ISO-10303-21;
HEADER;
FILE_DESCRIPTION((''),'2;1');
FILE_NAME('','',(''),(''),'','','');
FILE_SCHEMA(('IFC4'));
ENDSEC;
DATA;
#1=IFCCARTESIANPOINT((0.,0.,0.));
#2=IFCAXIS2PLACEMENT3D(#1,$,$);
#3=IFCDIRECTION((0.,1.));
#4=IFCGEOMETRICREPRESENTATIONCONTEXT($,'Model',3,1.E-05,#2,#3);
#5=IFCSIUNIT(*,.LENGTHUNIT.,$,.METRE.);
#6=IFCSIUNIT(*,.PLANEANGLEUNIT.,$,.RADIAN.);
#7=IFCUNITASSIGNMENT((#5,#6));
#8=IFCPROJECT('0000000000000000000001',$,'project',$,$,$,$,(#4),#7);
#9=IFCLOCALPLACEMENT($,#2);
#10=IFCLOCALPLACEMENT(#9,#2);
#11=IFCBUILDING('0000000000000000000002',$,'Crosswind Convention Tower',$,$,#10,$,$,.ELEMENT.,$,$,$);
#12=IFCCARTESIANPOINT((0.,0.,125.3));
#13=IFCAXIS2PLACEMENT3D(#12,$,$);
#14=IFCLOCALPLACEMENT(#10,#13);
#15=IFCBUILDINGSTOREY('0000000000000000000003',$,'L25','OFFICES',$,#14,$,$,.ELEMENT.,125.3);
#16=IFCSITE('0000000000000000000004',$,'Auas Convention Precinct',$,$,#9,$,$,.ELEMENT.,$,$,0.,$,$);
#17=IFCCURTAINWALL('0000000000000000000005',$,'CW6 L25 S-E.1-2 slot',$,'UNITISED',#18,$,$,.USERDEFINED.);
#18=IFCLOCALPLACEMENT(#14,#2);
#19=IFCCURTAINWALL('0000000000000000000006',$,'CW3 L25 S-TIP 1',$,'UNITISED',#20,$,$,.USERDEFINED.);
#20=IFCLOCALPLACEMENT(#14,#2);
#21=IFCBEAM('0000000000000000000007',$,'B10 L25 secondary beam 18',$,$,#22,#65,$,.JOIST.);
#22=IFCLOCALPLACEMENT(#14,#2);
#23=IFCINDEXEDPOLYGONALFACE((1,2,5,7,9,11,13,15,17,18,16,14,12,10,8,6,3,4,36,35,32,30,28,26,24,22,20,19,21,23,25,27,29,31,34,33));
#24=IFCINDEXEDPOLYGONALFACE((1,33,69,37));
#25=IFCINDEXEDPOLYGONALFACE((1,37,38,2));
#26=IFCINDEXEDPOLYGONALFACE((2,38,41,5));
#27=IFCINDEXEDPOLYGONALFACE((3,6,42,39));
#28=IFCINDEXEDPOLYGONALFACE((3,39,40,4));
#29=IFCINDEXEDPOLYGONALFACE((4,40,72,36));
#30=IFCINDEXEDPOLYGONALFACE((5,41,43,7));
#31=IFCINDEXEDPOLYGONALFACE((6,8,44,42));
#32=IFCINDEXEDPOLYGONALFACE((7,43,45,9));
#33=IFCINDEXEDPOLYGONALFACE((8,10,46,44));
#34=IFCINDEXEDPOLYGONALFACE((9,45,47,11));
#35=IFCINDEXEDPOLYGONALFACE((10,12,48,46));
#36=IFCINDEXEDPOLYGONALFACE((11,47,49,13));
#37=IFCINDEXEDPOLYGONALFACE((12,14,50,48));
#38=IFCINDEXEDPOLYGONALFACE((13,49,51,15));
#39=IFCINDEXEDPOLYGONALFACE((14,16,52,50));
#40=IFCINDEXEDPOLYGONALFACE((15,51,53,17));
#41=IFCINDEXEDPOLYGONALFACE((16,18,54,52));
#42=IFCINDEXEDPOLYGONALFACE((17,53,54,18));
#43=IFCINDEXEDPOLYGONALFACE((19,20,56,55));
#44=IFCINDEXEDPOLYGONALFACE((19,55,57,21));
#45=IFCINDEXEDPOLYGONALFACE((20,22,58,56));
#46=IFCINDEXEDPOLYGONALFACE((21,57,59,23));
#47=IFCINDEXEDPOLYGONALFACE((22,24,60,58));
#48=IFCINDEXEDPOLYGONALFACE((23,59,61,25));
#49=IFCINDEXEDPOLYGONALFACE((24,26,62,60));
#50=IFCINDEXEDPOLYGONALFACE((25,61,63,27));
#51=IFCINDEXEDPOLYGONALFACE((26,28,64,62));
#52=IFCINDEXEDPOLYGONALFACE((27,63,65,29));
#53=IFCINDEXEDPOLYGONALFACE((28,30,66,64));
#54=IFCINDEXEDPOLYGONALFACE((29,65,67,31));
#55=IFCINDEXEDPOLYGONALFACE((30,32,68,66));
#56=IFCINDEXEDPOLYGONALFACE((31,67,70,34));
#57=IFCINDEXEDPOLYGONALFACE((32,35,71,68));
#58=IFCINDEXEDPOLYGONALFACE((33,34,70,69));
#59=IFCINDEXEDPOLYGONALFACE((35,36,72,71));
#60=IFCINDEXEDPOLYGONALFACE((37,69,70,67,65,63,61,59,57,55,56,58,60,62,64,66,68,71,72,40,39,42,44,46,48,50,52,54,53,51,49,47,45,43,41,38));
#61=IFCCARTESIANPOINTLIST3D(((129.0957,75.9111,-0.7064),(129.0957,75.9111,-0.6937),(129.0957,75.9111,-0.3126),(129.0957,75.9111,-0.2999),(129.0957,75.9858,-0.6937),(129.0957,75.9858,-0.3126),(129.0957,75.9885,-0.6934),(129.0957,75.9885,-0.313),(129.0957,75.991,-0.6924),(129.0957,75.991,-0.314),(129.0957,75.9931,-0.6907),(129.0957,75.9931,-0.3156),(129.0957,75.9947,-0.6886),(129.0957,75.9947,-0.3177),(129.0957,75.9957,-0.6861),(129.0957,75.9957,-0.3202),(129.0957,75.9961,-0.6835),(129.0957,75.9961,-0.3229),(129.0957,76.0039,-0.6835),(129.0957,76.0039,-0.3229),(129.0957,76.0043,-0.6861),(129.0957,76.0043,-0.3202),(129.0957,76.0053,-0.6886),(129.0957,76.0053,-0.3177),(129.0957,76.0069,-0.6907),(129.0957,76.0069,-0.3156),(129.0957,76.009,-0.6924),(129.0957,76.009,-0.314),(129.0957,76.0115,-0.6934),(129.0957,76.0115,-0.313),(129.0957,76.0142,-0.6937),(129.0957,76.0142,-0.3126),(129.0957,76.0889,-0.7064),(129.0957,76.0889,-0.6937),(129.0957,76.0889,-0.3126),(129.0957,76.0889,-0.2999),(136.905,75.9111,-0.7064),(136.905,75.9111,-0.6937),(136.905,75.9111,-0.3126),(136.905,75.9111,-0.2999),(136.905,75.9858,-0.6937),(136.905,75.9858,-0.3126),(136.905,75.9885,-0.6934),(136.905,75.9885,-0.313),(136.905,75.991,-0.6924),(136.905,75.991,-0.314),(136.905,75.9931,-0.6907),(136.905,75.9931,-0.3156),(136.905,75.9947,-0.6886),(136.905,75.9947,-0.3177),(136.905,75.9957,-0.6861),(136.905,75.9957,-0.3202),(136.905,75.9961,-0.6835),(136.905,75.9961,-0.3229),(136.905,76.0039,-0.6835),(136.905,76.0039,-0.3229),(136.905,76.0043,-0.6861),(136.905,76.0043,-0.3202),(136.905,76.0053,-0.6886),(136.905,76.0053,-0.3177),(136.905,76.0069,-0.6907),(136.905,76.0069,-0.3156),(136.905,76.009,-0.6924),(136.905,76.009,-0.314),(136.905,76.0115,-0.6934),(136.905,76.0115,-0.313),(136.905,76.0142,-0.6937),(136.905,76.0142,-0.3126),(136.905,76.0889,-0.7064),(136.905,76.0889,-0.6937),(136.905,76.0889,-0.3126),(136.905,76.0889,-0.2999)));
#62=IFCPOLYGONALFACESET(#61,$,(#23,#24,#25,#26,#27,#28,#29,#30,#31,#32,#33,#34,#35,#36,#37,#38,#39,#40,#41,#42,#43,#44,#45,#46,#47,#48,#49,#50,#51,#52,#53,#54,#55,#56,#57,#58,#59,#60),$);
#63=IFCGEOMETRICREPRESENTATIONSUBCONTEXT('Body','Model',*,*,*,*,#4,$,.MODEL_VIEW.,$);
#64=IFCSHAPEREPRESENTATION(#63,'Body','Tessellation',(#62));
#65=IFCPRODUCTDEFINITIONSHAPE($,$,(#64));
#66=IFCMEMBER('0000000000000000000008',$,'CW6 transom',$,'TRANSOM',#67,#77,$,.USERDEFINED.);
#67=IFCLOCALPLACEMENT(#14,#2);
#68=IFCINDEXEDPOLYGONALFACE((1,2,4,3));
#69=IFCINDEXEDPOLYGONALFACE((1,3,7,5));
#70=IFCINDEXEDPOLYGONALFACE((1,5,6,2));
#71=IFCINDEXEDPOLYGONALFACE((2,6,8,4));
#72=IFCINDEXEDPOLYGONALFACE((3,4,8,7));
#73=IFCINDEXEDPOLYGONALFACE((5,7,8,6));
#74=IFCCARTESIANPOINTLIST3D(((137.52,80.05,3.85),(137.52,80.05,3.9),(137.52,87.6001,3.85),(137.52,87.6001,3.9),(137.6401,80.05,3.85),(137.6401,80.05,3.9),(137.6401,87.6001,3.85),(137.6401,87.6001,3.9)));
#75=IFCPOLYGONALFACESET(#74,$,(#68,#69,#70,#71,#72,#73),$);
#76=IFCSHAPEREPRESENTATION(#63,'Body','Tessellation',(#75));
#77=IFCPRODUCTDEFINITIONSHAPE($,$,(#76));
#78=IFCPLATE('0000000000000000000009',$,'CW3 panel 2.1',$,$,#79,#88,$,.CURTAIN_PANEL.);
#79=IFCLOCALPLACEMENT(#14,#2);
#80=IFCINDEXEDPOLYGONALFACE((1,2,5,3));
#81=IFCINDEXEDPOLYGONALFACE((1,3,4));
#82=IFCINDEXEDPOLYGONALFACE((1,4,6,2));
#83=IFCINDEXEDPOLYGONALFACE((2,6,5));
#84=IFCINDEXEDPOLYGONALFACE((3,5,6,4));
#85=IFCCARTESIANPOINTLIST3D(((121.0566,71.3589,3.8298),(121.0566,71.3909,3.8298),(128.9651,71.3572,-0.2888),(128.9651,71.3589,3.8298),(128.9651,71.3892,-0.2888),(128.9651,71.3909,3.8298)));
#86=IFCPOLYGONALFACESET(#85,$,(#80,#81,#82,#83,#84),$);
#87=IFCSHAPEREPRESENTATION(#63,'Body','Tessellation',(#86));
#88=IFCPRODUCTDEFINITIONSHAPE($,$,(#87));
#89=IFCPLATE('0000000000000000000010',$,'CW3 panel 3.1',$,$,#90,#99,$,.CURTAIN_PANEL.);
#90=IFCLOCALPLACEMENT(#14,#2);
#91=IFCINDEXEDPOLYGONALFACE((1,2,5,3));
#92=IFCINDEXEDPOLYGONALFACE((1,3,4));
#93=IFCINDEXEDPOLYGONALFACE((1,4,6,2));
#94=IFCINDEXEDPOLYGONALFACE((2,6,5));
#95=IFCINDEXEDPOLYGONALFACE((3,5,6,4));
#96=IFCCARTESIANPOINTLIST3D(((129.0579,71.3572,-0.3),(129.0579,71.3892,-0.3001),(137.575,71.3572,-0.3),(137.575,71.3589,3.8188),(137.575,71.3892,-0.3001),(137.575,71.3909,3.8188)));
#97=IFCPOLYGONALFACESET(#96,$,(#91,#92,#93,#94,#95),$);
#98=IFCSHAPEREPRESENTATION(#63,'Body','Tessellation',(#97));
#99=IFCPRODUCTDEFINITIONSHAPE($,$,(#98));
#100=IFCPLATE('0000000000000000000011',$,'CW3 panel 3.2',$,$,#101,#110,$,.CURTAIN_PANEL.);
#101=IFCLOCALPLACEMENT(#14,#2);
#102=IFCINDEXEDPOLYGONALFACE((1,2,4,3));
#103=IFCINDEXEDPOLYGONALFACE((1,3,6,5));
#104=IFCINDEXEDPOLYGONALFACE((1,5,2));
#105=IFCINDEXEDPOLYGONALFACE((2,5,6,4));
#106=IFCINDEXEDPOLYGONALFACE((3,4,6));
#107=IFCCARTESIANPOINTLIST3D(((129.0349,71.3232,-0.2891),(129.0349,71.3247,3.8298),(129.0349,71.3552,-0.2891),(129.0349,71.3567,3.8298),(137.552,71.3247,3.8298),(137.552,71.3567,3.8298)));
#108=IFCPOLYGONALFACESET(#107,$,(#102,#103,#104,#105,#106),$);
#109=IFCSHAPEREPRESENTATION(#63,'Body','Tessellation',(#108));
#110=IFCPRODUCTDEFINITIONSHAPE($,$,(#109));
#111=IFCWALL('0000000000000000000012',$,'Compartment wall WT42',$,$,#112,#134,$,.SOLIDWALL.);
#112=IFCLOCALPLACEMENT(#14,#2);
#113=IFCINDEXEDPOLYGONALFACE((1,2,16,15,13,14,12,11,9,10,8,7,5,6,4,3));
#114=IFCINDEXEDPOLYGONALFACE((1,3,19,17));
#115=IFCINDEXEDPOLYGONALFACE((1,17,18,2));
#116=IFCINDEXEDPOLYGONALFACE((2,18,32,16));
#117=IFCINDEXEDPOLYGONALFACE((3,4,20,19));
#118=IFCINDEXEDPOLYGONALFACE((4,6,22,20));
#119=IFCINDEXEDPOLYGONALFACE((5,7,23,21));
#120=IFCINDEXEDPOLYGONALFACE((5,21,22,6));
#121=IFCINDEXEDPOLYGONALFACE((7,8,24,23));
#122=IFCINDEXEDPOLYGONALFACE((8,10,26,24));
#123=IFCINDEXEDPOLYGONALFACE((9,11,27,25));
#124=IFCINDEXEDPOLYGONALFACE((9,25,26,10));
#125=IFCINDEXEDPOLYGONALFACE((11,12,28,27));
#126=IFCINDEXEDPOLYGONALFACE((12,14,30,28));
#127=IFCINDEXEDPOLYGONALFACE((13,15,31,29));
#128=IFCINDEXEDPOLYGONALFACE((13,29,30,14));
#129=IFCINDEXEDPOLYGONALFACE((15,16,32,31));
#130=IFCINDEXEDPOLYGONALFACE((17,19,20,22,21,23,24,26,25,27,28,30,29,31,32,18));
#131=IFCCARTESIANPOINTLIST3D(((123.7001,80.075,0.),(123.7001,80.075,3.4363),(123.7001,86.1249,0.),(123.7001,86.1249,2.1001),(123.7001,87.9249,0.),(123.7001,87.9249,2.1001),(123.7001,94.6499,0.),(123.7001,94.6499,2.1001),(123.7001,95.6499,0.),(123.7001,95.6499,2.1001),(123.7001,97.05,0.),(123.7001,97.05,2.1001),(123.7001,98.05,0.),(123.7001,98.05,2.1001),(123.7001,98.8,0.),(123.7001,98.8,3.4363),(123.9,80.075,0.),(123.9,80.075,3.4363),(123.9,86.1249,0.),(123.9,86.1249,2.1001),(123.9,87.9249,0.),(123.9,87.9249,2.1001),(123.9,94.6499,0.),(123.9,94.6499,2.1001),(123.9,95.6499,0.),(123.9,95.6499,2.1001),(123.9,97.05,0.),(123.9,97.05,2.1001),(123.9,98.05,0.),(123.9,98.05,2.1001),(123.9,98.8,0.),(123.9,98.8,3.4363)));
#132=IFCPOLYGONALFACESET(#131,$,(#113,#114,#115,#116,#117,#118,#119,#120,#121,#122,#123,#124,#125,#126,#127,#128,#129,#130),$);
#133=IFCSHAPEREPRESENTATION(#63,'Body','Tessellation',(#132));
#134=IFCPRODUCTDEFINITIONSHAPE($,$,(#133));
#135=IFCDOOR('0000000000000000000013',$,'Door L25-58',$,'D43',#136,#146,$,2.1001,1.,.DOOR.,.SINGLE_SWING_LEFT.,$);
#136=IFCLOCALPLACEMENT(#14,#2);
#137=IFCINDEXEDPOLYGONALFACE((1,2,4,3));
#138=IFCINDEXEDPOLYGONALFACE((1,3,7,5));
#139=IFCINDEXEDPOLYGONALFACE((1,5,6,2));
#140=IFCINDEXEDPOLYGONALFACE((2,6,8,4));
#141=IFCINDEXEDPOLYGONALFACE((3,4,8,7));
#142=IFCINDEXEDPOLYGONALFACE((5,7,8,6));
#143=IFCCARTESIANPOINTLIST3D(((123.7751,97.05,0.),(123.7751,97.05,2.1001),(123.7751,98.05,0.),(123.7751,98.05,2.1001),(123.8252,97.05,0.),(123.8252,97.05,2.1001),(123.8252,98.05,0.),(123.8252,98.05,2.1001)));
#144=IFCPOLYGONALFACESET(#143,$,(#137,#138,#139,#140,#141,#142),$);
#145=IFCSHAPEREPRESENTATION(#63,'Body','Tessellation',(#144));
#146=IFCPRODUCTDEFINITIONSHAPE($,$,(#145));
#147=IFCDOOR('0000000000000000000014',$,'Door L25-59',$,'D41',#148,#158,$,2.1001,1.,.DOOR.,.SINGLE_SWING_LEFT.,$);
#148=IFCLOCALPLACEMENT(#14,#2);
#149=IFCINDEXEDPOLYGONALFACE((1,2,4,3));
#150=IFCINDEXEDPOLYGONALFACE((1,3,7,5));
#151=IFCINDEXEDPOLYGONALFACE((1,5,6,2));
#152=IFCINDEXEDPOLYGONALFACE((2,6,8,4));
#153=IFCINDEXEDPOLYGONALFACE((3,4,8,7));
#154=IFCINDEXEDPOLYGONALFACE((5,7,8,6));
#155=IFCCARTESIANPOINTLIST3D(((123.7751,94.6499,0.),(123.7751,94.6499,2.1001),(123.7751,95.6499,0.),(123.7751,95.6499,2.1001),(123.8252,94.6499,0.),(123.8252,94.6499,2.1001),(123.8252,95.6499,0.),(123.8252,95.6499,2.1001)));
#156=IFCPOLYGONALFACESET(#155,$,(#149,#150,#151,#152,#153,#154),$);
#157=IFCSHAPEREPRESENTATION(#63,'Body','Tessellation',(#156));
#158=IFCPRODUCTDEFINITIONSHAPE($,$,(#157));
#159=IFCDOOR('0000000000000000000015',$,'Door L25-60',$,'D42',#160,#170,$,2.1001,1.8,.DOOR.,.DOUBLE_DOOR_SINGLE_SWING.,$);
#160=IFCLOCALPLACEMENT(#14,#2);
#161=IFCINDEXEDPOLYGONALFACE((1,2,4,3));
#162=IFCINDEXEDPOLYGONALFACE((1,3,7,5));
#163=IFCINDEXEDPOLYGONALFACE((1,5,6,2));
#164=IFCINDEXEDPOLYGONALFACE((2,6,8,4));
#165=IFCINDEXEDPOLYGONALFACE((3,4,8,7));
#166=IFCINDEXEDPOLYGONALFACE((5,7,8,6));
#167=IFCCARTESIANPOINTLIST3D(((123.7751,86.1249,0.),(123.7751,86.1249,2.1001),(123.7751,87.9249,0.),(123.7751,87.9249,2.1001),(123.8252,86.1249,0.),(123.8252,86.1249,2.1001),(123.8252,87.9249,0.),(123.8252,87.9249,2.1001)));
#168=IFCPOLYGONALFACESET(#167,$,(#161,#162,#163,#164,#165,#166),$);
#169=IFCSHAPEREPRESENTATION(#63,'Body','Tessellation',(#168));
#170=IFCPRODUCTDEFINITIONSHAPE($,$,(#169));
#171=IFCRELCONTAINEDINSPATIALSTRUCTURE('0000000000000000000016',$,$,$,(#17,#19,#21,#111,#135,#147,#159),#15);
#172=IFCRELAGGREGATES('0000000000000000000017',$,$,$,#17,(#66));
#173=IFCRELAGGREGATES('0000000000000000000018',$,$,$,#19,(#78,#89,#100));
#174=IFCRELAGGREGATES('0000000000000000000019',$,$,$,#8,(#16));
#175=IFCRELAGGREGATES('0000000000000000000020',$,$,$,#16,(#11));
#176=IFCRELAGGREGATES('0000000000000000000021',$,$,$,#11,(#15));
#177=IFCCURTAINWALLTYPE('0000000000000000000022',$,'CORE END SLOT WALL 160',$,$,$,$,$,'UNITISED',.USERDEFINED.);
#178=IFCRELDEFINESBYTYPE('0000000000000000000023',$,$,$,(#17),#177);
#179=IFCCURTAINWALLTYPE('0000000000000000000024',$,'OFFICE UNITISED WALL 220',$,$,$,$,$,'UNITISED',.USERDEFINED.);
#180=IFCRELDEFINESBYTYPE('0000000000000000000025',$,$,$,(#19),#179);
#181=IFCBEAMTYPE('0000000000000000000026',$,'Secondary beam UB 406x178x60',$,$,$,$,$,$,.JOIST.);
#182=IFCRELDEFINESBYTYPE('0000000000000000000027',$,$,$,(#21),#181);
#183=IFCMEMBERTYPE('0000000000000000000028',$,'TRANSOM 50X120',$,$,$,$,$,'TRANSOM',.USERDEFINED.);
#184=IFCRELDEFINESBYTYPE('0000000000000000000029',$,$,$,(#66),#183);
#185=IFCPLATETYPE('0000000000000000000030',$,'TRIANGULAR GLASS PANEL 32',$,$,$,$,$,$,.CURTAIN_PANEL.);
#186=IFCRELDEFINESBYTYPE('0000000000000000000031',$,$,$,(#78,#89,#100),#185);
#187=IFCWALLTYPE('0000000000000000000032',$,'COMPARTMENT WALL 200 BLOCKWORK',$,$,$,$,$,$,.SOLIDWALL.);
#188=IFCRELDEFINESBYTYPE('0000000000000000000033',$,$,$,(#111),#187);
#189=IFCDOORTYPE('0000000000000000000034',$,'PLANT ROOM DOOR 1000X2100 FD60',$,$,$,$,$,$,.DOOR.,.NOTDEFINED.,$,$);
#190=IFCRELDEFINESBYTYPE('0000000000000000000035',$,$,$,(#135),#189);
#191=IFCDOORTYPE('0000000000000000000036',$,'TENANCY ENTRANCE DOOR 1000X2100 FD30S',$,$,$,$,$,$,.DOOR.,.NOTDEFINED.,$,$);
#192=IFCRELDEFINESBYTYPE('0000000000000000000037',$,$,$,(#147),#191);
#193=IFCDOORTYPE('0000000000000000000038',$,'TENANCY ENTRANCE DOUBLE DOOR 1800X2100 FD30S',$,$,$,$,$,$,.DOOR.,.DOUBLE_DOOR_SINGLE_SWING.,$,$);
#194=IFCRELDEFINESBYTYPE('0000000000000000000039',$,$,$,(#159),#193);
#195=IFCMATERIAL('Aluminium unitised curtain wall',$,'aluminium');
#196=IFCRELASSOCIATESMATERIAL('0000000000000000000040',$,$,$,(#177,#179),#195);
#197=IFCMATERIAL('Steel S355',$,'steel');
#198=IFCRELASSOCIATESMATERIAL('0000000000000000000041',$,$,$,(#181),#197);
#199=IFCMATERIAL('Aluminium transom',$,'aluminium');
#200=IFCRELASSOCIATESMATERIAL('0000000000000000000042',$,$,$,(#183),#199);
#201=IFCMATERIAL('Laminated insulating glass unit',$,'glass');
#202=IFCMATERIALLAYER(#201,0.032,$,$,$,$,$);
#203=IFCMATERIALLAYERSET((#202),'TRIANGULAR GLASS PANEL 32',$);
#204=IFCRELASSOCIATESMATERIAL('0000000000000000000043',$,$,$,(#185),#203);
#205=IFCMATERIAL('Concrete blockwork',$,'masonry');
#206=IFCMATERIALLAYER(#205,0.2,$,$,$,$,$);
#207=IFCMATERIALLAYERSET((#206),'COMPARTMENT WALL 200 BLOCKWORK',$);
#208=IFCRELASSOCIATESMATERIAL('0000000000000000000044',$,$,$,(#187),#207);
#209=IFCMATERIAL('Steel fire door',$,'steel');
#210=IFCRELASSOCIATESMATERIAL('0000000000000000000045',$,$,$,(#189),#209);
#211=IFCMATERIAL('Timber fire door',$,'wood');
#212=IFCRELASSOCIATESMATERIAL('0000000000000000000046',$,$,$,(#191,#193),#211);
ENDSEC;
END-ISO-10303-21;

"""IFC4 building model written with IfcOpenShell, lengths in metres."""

from ifc_helpers import new_model, si_unit, direction, frame, frame_2d, origin, origin_2d, place, context, subcontext, project, spatial, polyline, rectangle, i_section, outline, extrude, material, layer, layer_set, material_profile, profile_set, type_object, element, fill, aggregate, save


model = new_model("IFC4")

# Units and contexts
model_context = context("Model", 3, precision=1e-05, world=origin(), true_north=direction((0.0, 1.0)))
body_context = subcontext(model_context, "Body", "Model", "MODEL_VIEW")
ifc_project = project(units=[si_unit("LENGTHUNIT", "METRE"), si_unit("PLANEANGLEUNIT", "RADIAN")], contexts=[model_context])

# Site, building, storey
site_placement = place(None, origin())
site = spatial("IfcSite", under=ifc_project, at=site_placement, Name="Auas Convention Precinct", CompositionType="ELEMENT", RefElevation=0.0)
building_placement = place(site_placement, origin())
building = spatial("IfcBuilding", under=site, at=building_placement, Name="Crosswind Convention Tower", CompositionType="ELEMENT")
storey_placement = place(building_placement, frame((0.0, 0.0, 125.3)))
storey = spatial("IfcBuildingStorey", under=building, at=storey_placement, Name="L25", Description="OFFICES", CompositionType="ELEMENT", Elevation=125.3)

# Shared definitions
ifc_material_1 = material(Name="Steel S355", Category="steel")

# Curtain walls
ifc_material_2 = material(Name="Aluminium unitised curtain wall", Category="aluminium")
curtain_wall_type_1 = type_object("IfcCurtainWallType", Name="CORE END SLOT WALL 160", ElementType="UNITISED", PredefinedType="USERDEFINED", material=ifc_material_2)
curtain_wall_1_placement = place(storey_placement, origin())
curtain_wall_1 = element("IfcCurtainWall", 1, at=curtain_wall_1_placement, inside=storey, type_object=curtain_wall_type_1, Name="CW6 L25 S-E.1-2 slot", ObjectType="UNITISED", PredefinedType="USERDEFINED")
curtain_wall_type_2 = type_object("IfcCurtainWallType", Name="OFFICE UNITISED WALL 220", ElementType="UNITISED", PredefinedType="USERDEFINED", material=ifc_material_2)
curtain_wall_2_placement = place(storey_placement, origin())
curtain_wall_2 = element("IfcCurtainWall", 2, at=curtain_wall_2_placement, inside=storey, type_object=curtain_wall_type_2, Name="CW3 L25 S-TIP 1", ObjectType="UNITISED", PredefinedType="USERDEFINED")

# Beam
ifc_material_profile_1 = material_profile(ifc_material_1, i_section(OverallWidth=0.1777, OverallDepth=0.4065, WebThickness=0.0078, FlangeThickness=0.0127, FilletRadius=0.0103, at=origin_2d()), Name="UB 406x178x60")
ifc_profile_set_1 = profile_set([ifc_material_profile_1], Name="Steel S355")
beam_type_1 = type_object("IfcBeamType", Name="Secondary beam UB 406x178x60", PredefinedType="JOIST", material=ifc_profile_set_1)
beam_1_placement = place(storey_placement, frame((129.0957, 76.0, -0.5032), z_axis=(1.0, 0.0, 0.0), x_axis=(0.0, 1.0, 0.0)))
element("IfcBeam", 3, at=beam_1_placement, inside=storey, type_object=beam_type_1, Name="B10 L25 secondary beam 18", PredefinedType="JOIST", context=body_context, shape_type="SweptSolid", body=[
    extrude(i_section(OverallWidth=0.1777, OverallDepth=0.4065, WebThickness=0.0078, FlangeThickness=0.0127, FilletRadius=0.0103, at=origin_2d()), origin(), (0.0, 0.0, 1.0), 7.8093),
])

# Member
ifc_material_3 = material(Name="Aluminium transom", Category="aluminium")
ifc_material_profile_2 = material_profile(ifc_material_3, rectangle(XDim=0.1201, YDim=0.05, at=origin_2d()), Name="AL 120X50")
ifc_profile_set_2 = profile_set([ifc_material_profile_2], Name="Aluminium transom")
member_type_1 = type_object("IfcMemberType", Name="TRANSOM 50X120", ElementType="TRANSOM", PredefinedType="USERDEFINED", material=ifc_profile_set_2)
member_1_placement = place(storey_placement, frame((137.5801, 80.05, 3.875), z_axis=(0.0, 1.0, 0.0), x_axis=(-1.0, 0.0, 0.0)))
member_1 = element("IfcMember", 4, at=member_1_placement, type_object=member_type_1, Name="CW6 transom", ObjectType="TRANSOM", PredefinedType="USERDEFINED", context=body_context, shape_type="SweptSolid", body=[
    extrude(rectangle(XDim=0.1201, YDim=0.05, at=origin_2d()), origin(), (0.0, 0.0, 1.0), 7.55),
])
aggregate(curtain_wall_1, [member_1])

# Plates
ifc_material_4 = material(Name="Laminated insulating glass unit", Category="glass")
ifc_layer_1 = layer(ifc_material_4, 0.032)
ifc_layer_set_1 = layer_set([ifc_layer_1], Name="TRIANGULAR GLASS PANEL 32")
plate_type = type_object("IfcPlateType", Name="TRIANGULAR GLASS PANEL 32", PredefinedType="CURTAIN_PANEL", material=ifc_layer_set_1)
plate_1_placement = place(storey_placement, frame((128.9651, 71.3589, 3.8298), z_axis=(0.0, -1.0, 0.000415), x_axis=(-1.0, 0.0, 0.0)))
plate_1 = element("IfcPlate", 5, at=plate_1_placement, type_object=plate_type, Name="CW3 panel 2.1", PredefinedType="CURTAIN_PANEL", context=body_context, shape_type="SweptSolid", body=[
    extrude(outline(polyline([(0.0, 0.0), (7.9084, 0.0), (0.0, 4.1187), (0.0, 0.0)])), origin(), (0.0, 0.0, -1.0), 0.032),
])
plate_2_placement = place(storey_placement, frame((137.575, 71.3572, -0.3), z_axis=(0.0, -1.0, 0.000415), x_axis=(0.0, 0.000415, 1.0)))
plate_2 = element("IfcPlate", 6, at=plate_2_placement, type_object=plate_type, Name="CW3 panel 3.1", PredefinedType="CURTAIN_PANEL", context=body_context, shape_type="SweptSolid", body=[
    extrude(outline(polyline([(0.0, 0.0), (4.1189, 0.0), (0.0, 8.5171), (0.0, 0.0)])), origin(), (0.0, 0.0, -1.0), 0.032),
])
plate_3_placement = place(storey_placement, frame((129.0349, 71.3247, 3.8298), z_axis=(0.0, -1.0, 0.000356), x_axis=(0.0, -0.000356, -1.0)))
plate_3 = element("IfcPlate", 7, at=plate_3_placement, type_object=plate_type, Name="CW3 panel 3.2", PredefinedType="CURTAIN_PANEL", context=body_context, shape_type="SweptSolid", body=[
    extrude(outline(polyline([(0.0, 0.0), (4.1189, 0.0), (0.0, 8.5171), (0.0, 0.0)])), origin(), (0.0, 0.0, -1.0), 0.032),
])
aggregate(curtain_wall_2, [plate_1, plate_2, plate_3])

# Wall, openings, doors
ifc_material_5 = material(Name="Concrete blockwork", Category="masonry")
ifc_layer_2 = layer(ifc_material_5, 0.2)
ifc_layer_set_2 = layer_set([ifc_layer_2], Name="COMPARTMENT WALL 200 BLOCKWORK")
wall_type_1 = type_object("IfcWallType", Name="COMPARTMENT WALL 200 BLOCKWORK", PredefinedType="SOLIDWALL", material=ifc_layer_set_2)
wall_1_placement = place(storey_placement, frame((123.8, 80.075, 0.0), z_axis=(0.0, 0.0, 1.0), x_axis=(0.0, 1.0, 0.0)))
wall_1 = element("IfcWall", 8, at=wall_1_placement, inside=storey, type_object=wall_type_1, Name="Compartment wall WT42", PredefinedType="SOLIDWALL", context=body_context, shape_type="SweptSolid", body=[
    extrude(rectangle(XDim=18.7251, YDim=0.2, at=frame_2d((9.3625, 0.0))), origin(), (0.0, 0.0, 1.0), 3.4363),
])
opening_1_placement = place(wall_1_placement, frame((16.9751, 0.0, 0.0)))
opening_1 = element("IfcOpeningElement", 9, at=opening_1_placement, cuts=wall_1, PredefinedType="OPENING", context=body_context, shape_type="SweptSolid", body=[
    extrude(rectangle(XDim=1.0, YDim=2.1001, at=frame_2d((0.5, 1.05))), frame((0.0, 0.1099, 0.0), z_axis=(0.0, -1.0, 0.0), x_axis=(1.0, 0.0, 0.0)), (0.0, 0.0, 1.0), 0.22),
])
opening_2_placement = place(wall_1_placement, frame((14.575, 0.0, 0.0)))
opening_2 = element("IfcOpeningElement", 10, at=opening_2_placement, cuts=wall_1, PredefinedType="OPENING", context=body_context, shape_type="SweptSolid", body=[
    extrude(rectangle(XDim=1.0, YDim=2.1001, at=frame_2d((0.5, 1.05))), frame((0.0, 0.1099, 0.0), z_axis=(0.0, -1.0, 0.0), x_axis=(1.0, 0.0, 0.0)), (0.0, 0.0, 1.0), 0.22),
])
opening_3_placement = place(wall_1_placement, frame((6.05, 0.0, 0.0)))
opening_3 = element("IfcOpeningElement", 11, at=opening_3_placement, cuts=wall_1, PredefinedType="OPENING", context=body_context, shape_type="SweptSolid", body=[
    extrude(rectangle(XDim=1.8, YDim=2.1001, at=frame_2d((0.8999, 1.05))), frame((0.0, 0.1099, 0.0), z_axis=(0.0, -1.0, 0.0), x_axis=(1.0, 0.0, 0.0)), (0.0, 0.0, 1.0), 0.22),
])
ifc_material_6 = material(Name="Steel fire door", Category="steel")
door_type_1 = type_object("IfcDoorType", Name="PLANT ROOM DOOR 1000X2100 FD60", OperationType="NOTDEFINED", PredefinedType="DOOR", material=ifc_material_6)
door_1_placement = place(opening_1_placement, origin())
door_1 = element("IfcDoor", 12, at=door_1_placement, inside=storey, type_object=door_type_1, Name="Door L25-58", ObjectType="D43", OperationType="SINGLE_SWING_LEFT", OverallHeight=2.1001, OverallWidth=1.0, PredefinedType="DOOR", context=body_context, shape_type="SweptSolid", body=[
    extrude(rectangle(XDim=1.0, YDim=2.1001, at=frame_2d((0.5, 1.05))), frame((0.0, 0.0249, 0.0), z_axis=(0.0, -1.0, 0.0), x_axis=(1.0, 0.0, 0.0)), (0.0, 0.0, 1.0), 0.05),
])
fill(opening_1, door_1)
ifc_material_7 = material(Name="Timber fire door", Category="wood")
door_type_2 = type_object("IfcDoorType", Name="TENANCY ENTRANCE DOOR 1000X2100 FD30S", OperationType="NOTDEFINED", PredefinedType="DOOR", material=ifc_material_7)
door_2_placement = place(opening_2_placement, origin())
door_2 = element("IfcDoor", 13, at=door_2_placement, inside=storey, type_object=door_type_2, Name="Door L25-59", ObjectType="D41", OperationType="SINGLE_SWING_LEFT", OverallHeight=2.1001, OverallWidth=1.0, PredefinedType="DOOR", context=body_context, shape_type="SweptSolid", body=[
    extrude(rectangle(XDim=1.0, YDim=2.1001, at=frame_2d((0.5, 1.05))), frame((0.0, 0.0249, 0.0), z_axis=(0.0, -1.0, 0.0), x_axis=(1.0, 0.0, 0.0)), (0.0, 0.0, 1.0), 0.05),
])
fill(opening_2, door_2)
door_type_3 = type_object("IfcDoorType", Name="TENANCY ENTRANCE DOUBLE DOOR 1800X2100 FD30S", OperationType="DOUBLE_DOOR_SINGLE_SWING", PredefinedType="DOOR", material=ifc_material_7)
door_3_placement = place(opening_3_placement, origin())
door_3 = element("IfcDoor", 14, at=door_3_placement, inside=storey, type_object=door_type_3, Name="Door L25-60", ObjectType="D42", OperationType="DOUBLE_DOOR_SINGLE_SWING", OverallHeight=2.1001, OverallWidth=1.8, PredefinedType="DOOR", context=body_context, shape_type="SweptSolid", body=[
    extrude(rectangle(XDim=1.8, YDim=2.1001, at=frame_2d((0.8999, 1.05))), frame((0.0, 0.0249, 0.0), z_axis=(0.0, -1.0, 0.0), x_axis=(1.0, 0.0, 0.0)), (0.0, 0.0, 1.0), 0.05),
])
fill(opening_3, door_3)

save(model, "model.ifc")
